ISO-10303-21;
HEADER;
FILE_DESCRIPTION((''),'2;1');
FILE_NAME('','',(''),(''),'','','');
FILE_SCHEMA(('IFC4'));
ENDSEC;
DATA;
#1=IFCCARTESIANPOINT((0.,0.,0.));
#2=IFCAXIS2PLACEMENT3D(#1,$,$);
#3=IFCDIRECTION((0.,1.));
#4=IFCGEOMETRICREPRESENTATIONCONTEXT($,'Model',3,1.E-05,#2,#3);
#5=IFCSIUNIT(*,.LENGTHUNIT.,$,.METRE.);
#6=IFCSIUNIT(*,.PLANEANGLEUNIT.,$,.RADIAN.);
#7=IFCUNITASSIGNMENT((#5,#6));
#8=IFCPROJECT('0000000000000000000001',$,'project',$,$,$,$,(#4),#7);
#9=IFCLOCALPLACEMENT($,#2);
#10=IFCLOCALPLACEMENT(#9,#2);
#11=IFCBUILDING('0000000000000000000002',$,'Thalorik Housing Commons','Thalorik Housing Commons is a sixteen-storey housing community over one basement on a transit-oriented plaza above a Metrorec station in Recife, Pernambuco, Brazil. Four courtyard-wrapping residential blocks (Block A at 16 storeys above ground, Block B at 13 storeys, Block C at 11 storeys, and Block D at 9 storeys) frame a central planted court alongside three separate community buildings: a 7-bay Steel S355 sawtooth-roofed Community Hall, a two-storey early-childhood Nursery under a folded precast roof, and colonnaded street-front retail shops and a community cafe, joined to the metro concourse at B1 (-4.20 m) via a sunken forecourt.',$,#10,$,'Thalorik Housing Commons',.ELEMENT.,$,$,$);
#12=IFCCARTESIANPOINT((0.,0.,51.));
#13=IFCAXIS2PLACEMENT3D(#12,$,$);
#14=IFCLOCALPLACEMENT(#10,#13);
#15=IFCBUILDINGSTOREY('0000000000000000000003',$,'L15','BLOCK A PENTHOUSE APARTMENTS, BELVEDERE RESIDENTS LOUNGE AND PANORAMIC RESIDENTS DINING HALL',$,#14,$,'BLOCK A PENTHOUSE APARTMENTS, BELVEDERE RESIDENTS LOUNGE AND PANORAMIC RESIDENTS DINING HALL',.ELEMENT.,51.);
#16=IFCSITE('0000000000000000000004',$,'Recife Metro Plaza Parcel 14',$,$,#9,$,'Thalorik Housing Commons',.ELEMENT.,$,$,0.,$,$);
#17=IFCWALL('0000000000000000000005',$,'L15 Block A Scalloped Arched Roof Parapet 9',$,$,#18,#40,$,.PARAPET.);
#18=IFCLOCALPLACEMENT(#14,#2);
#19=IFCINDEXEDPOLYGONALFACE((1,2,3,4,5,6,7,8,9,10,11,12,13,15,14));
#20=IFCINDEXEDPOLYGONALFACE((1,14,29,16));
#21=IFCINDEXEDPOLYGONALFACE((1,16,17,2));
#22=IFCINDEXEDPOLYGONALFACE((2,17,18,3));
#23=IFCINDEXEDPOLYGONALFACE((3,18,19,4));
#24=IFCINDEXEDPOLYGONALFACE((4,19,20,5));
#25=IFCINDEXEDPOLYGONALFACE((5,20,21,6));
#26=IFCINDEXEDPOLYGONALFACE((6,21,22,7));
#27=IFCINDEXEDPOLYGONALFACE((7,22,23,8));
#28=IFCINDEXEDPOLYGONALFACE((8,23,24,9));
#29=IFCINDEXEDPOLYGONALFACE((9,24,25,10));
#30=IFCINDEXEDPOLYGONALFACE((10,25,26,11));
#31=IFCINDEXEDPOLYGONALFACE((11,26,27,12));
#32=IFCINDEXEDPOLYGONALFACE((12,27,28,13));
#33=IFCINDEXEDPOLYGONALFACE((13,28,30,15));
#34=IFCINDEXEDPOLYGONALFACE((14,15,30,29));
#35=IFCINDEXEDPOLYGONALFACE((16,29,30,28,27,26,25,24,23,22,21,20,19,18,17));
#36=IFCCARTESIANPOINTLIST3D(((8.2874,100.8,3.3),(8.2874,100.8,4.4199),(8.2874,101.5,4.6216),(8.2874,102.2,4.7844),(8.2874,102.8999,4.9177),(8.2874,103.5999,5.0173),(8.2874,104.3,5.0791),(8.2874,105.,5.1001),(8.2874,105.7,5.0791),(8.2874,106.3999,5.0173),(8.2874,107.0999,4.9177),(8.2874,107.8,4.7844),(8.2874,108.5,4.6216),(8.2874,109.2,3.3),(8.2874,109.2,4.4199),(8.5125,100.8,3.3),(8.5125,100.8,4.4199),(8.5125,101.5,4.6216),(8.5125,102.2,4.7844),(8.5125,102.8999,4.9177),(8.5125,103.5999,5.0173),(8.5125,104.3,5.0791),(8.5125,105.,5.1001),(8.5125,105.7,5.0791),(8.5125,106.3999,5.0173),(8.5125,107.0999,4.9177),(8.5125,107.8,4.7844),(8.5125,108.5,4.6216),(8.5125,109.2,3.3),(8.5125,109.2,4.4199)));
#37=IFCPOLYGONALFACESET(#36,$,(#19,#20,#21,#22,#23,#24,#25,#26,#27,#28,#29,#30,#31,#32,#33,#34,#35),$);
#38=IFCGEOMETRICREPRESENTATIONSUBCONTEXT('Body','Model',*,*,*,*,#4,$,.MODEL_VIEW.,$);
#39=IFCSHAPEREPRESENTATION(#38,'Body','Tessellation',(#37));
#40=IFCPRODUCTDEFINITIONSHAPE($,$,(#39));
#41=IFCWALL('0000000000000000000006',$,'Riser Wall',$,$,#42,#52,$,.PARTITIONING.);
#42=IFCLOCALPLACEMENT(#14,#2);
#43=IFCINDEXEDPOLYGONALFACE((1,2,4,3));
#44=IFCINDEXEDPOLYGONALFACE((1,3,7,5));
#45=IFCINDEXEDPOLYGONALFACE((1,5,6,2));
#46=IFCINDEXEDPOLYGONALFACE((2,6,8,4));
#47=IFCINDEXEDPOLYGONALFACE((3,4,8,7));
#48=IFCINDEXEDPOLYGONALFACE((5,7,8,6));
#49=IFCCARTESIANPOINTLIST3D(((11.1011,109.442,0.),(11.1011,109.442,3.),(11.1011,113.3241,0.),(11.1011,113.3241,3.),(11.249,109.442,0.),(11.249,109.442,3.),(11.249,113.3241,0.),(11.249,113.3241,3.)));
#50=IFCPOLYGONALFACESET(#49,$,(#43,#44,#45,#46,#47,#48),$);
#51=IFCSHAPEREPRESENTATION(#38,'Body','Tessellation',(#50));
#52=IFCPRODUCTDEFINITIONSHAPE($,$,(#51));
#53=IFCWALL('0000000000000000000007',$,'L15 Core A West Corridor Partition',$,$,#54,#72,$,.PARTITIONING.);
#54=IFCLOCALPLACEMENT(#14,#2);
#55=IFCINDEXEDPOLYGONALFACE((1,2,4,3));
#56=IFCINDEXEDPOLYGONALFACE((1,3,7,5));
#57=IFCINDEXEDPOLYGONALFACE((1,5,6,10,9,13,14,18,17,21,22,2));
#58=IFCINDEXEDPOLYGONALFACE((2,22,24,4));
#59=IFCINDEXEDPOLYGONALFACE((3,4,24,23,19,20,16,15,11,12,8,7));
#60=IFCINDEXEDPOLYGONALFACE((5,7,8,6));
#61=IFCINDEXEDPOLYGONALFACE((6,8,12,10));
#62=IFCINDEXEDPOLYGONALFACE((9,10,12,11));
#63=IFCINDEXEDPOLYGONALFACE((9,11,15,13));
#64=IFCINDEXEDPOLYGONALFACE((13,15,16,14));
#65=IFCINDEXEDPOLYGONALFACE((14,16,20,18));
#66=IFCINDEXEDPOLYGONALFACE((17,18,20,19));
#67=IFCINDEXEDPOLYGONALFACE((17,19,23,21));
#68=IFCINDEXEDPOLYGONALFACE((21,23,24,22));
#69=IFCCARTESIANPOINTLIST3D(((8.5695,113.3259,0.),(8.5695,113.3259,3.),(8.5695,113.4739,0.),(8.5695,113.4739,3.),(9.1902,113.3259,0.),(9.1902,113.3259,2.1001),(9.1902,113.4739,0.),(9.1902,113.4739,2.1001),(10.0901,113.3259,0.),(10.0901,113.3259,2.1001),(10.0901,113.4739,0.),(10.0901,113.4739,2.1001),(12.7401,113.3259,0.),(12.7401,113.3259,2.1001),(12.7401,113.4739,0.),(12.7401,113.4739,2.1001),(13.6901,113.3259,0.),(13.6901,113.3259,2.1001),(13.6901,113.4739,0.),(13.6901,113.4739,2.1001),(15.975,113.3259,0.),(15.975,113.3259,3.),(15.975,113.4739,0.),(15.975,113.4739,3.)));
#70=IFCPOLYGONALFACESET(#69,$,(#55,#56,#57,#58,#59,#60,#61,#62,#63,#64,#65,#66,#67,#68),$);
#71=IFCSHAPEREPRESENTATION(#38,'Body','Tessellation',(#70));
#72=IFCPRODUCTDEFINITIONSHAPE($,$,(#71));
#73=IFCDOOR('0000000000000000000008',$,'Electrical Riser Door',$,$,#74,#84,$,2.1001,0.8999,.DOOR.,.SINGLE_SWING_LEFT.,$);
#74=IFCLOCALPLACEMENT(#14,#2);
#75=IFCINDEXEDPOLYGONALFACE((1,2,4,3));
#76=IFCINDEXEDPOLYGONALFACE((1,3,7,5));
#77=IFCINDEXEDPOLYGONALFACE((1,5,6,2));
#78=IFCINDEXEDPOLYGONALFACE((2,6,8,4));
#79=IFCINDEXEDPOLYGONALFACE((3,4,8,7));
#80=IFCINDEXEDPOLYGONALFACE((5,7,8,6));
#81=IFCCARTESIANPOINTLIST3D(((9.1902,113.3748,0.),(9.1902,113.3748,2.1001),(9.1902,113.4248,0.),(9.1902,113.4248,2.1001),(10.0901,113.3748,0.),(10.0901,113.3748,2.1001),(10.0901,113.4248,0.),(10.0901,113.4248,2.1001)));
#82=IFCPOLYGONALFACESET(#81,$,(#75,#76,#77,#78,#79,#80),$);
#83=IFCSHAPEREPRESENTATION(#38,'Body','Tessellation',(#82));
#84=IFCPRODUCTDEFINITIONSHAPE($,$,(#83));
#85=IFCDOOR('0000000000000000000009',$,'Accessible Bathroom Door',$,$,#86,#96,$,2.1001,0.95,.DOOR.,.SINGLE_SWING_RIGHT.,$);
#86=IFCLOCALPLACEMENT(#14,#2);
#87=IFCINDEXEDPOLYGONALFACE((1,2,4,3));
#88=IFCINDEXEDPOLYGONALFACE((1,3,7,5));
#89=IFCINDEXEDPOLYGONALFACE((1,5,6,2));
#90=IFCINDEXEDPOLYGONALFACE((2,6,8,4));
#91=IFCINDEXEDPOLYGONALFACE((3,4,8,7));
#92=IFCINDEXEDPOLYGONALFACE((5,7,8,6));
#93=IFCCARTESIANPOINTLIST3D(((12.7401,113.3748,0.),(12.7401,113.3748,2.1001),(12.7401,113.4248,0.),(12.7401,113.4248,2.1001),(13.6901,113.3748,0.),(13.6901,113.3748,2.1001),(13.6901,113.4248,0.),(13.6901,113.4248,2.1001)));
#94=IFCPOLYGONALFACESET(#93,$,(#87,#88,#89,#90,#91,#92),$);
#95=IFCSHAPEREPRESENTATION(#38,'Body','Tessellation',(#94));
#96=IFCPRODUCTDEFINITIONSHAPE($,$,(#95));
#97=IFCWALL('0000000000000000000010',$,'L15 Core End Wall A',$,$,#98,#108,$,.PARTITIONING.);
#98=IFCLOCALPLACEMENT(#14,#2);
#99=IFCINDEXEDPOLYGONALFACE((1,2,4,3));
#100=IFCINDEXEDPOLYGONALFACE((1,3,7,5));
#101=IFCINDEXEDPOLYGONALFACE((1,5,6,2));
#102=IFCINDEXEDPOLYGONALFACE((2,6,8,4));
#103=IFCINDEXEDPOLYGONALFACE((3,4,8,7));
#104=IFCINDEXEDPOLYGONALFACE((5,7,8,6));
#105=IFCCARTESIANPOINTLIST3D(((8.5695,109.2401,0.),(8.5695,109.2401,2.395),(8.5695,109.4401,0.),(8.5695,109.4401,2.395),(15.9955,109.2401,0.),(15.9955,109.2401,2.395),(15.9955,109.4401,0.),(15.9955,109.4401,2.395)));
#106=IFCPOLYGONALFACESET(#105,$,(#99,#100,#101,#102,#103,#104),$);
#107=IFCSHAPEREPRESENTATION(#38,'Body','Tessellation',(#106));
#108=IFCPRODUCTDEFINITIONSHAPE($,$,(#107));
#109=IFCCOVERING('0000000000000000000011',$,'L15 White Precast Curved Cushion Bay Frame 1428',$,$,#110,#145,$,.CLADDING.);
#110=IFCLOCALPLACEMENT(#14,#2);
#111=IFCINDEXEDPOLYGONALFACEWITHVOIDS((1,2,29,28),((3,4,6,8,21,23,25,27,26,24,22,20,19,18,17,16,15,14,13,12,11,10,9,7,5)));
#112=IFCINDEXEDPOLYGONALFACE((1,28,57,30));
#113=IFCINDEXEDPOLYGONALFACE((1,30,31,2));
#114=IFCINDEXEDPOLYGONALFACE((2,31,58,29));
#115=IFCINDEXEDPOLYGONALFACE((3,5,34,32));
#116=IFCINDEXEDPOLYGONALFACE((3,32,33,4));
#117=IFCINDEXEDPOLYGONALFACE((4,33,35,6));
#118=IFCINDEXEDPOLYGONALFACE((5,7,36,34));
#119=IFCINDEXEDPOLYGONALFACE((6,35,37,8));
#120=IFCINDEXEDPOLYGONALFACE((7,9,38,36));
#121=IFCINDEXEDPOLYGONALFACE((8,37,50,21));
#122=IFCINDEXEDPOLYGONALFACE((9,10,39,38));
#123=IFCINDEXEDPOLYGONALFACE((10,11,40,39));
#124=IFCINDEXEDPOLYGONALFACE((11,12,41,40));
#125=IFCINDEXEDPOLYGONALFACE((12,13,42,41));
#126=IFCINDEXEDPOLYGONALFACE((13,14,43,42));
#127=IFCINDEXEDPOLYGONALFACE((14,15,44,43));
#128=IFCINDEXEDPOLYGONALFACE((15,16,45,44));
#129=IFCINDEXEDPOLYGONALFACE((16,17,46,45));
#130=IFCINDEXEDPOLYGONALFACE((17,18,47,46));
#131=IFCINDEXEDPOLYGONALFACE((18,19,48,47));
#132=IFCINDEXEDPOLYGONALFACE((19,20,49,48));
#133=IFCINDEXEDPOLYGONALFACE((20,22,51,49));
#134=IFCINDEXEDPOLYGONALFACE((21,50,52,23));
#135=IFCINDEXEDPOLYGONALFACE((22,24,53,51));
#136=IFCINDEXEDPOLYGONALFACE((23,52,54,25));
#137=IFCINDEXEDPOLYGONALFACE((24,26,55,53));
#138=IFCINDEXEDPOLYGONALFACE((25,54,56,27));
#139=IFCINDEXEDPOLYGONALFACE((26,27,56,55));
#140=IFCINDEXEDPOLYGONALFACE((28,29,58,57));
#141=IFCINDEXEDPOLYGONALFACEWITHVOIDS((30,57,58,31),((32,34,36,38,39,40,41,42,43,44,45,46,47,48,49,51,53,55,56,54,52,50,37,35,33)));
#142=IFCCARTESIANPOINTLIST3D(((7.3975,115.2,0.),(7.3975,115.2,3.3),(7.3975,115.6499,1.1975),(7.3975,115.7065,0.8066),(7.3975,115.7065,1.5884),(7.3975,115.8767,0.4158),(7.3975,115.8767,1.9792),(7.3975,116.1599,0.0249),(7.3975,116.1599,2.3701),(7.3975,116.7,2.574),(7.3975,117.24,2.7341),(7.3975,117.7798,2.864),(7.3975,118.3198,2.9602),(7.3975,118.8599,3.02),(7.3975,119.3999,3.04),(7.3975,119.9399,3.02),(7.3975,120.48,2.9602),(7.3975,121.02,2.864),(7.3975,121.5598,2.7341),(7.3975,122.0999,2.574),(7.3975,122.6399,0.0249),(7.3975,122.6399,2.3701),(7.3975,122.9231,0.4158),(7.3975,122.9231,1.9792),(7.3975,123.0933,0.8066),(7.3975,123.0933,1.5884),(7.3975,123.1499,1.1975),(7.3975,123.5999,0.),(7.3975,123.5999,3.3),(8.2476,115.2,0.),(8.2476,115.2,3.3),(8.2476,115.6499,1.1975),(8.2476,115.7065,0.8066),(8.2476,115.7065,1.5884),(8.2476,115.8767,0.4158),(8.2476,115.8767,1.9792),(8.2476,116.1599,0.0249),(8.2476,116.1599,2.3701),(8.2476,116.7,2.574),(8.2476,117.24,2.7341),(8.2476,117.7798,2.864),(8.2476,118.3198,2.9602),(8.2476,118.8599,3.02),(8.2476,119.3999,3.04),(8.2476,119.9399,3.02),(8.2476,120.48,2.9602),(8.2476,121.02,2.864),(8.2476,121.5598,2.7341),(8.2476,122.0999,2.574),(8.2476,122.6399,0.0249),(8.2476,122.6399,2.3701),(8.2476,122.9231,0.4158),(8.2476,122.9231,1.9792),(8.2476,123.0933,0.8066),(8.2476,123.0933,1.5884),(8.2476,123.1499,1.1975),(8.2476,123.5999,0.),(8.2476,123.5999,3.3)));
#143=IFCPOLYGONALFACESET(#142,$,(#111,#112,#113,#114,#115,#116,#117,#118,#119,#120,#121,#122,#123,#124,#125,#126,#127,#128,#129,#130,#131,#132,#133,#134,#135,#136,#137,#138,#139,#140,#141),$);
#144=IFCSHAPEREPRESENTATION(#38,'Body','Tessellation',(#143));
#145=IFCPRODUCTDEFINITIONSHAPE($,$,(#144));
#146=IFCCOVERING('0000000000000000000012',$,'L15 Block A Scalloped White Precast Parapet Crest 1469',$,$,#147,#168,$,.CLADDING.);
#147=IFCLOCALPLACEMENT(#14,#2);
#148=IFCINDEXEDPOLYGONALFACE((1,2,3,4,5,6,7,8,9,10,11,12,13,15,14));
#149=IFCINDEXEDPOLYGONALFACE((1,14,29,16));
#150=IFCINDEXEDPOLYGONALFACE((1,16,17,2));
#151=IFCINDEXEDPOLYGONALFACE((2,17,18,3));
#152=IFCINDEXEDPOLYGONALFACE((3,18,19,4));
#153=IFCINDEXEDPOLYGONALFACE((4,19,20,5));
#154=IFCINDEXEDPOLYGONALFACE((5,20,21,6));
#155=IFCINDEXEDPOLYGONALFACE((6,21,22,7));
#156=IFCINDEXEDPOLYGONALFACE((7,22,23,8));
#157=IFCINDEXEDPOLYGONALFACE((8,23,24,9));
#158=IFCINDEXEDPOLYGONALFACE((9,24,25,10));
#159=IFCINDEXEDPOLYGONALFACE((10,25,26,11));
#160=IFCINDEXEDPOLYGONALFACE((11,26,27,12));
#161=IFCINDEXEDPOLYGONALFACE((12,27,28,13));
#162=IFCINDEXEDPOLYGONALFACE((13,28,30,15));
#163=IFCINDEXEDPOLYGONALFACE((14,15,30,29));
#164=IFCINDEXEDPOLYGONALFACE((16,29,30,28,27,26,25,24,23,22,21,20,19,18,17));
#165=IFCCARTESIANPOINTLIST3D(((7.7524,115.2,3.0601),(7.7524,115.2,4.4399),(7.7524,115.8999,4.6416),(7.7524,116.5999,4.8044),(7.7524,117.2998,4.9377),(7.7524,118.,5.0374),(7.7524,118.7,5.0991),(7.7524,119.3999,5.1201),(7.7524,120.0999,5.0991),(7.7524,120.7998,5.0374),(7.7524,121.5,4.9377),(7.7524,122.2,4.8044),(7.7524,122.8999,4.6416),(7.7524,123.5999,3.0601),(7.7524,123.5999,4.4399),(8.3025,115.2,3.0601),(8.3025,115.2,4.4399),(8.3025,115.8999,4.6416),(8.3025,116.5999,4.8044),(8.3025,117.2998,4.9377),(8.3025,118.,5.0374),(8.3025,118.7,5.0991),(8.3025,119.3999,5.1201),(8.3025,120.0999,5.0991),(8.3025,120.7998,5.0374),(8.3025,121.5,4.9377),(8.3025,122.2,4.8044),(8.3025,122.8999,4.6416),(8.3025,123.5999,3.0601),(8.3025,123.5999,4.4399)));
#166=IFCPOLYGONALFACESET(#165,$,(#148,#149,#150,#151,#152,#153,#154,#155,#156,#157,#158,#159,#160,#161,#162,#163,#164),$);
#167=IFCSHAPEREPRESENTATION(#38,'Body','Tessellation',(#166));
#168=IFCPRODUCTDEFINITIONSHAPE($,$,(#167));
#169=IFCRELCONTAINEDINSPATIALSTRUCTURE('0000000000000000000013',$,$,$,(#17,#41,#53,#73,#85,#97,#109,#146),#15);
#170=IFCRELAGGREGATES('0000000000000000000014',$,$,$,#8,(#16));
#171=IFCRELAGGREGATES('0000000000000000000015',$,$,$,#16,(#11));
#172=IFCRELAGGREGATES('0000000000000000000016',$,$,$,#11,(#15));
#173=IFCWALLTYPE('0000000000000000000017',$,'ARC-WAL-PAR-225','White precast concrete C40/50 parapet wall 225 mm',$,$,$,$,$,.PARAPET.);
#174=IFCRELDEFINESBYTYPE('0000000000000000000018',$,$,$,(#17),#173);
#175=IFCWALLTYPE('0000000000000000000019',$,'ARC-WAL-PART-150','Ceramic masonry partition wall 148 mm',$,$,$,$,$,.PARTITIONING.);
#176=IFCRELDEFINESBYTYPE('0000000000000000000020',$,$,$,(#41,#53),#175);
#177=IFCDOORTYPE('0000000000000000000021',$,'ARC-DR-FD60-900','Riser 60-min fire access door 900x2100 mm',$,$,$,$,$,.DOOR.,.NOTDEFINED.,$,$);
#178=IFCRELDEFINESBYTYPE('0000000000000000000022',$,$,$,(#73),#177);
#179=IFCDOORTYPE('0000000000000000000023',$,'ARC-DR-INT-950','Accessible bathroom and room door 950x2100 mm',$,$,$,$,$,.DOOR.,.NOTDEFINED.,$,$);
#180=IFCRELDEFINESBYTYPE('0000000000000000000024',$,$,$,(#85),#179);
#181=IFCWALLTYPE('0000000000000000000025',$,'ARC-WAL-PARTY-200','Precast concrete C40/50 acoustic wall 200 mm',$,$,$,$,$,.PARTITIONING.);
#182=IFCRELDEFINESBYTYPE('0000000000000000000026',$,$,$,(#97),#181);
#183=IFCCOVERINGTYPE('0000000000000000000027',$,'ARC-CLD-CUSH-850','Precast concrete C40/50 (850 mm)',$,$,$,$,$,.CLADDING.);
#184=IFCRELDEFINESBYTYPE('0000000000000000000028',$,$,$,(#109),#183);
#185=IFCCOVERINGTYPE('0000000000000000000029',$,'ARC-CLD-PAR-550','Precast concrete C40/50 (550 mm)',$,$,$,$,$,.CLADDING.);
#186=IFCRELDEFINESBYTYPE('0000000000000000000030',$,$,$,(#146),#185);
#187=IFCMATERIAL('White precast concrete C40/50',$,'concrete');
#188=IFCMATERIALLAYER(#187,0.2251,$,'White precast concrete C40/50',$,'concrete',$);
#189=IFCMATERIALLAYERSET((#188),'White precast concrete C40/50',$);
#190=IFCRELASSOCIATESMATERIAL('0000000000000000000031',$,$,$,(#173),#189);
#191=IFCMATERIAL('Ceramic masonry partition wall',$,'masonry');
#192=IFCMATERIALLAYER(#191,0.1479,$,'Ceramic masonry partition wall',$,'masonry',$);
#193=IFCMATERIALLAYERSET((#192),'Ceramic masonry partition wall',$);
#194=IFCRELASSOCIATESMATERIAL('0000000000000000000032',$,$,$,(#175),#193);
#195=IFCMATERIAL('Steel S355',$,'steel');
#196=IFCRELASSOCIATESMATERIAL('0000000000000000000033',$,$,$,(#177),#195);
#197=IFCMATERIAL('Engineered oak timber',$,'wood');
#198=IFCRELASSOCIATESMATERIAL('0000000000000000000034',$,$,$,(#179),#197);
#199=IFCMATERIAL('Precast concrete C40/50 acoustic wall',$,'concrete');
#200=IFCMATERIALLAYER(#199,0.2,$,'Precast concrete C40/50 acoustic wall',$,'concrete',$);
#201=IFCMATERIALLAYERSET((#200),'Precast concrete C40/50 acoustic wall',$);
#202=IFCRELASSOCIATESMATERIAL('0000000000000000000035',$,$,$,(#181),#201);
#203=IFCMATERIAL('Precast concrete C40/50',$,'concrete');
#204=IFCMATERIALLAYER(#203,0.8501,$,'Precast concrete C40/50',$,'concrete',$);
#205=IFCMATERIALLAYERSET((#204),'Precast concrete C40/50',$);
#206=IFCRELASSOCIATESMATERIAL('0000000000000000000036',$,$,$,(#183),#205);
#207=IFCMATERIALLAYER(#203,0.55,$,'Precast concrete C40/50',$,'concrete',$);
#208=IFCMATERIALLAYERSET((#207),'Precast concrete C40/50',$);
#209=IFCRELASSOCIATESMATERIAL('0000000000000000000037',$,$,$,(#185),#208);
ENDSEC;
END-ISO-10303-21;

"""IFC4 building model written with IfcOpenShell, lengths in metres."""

from ifc_helpers import new_model, si_unit, direction, frame, frame_2d, origin, place, context, subcontext, project, spatial, polyline, rectangle, outline, extrude, material, layer, layer_set, type_object, element, fill, save


model = new_model("IFC4")

# Units and contexts
model_context = context("Model", 3, precision=1e-05, world=origin(), true_north=direction((0.0, 1.0)))
body_context = subcontext(model_context, "Body", "Model", "MODEL_VIEW")
ifc_project = project(units=[si_unit("LENGTHUNIT", "METRE"), si_unit("PLANEANGLEUNIT", "RADIAN")], contexts=[model_context])

# Site, building, storey
site_placement = place(None, origin())
site = spatial("IfcSite", under=ifc_project, at=site_placement, Name="Recife Metro Plaza Parcel 14", LongName="Thalorik Housing Commons", CompositionType="ELEMENT", RefElevation=0.0)
building_placement = place(site_placement, origin())
building = spatial("IfcBuilding", under=site, at=building_placement, Name="Thalorik Housing Commons", Description="Thalorik Housing Commons is a sixteen-storey housing community over one basement on a transit-oriented plaza above a Metrorec station in Recife, Pernambuco, Brazil. Four courtyard-wrapping residential blocks (Block A at 16 storeys above ground, Block B at 13 storeys, Block C at 11 storeys, and Block D at 9 storeys) frame a central planted court alongside three separate community buildings: a 7-bay Steel S355 sawtooth-roofed Community Hall, a two-storey early-childhood Nursery under a folded precast roof, and colonnaded street-front retail shops and a community cafe, joined to the metro concourse at B1 (-4.20 m) via a sunken forecourt.", LongName="Thalorik Housing Commons", CompositionType="ELEMENT")
storey_placement = place(building_placement, frame((0.0, 0.0, 51.0)))
storey = spatial("IfcBuildingStorey", under=building, at=storey_placement, Name="L15", Description="BLOCK A PENTHOUSE APARTMENTS, BELVEDERE RESIDENTS LOUNGE AND PANORAMIC RESIDENTS DINING HALL", LongName="BLOCK A PENTHOUSE APARTMENTS, BELVEDERE RESIDENTS LOUNGE AND PANORAMIC RESIDENTS DINING HALL", CompositionType="ELEMENT", Elevation=51.0)

# Shared definitions
ifc_material_1 = material(Name="Precast concrete C40/50", Category="concrete")

# Shared definitions
ifc_material_2 = material(Name="Steel S355", Category="steel")

# Shared definitions
ifc_material_3 = material(Name="White precast concrete C40/50", Category="concrete")

# Walls
ifc_layer_1 = layer(ifc_material_3, 0.2251, Name="White precast concrete C40/50", Category="concrete")
ifc_layer_set_1 = layer_set([ifc_layer_1], Name="White precast concrete C40/50")
wall_type_1 = type_object("IfcWallType", Name="ARC-WAL-PAR-225", Description="White precast concrete C40/50 parapet wall 225 mm", PredefinedType="PARAPET", material=ifc_layer_set_1)
wall_1_placement = place(storey_placement, frame((8.3999, 109.2, 3.3), z_axis=(0.0, 0.0, 1.0), x_axis=(0.0, -1.0, 0.0)))
element("IfcWall", 1, at=wall_1_placement, inside=storey, type_object=wall_type_1, Name="L15 Block A Scalloped Arched Roof Parapet 9", PredefinedType="PARAPET", context=body_context, shape_type="SweptSolid", body=[
    extrude(outline(polyline([(0.0, 0.0), (8.3999, 0.0), (8.3999, 1.1199), (7.7, 1.3215), (7.0, 1.4844), (6.3, 1.6177), (5.6001, 1.7173), (4.8999, 1.7791), (4.2, 1.8), (3.5, 1.7791), (2.8, 1.7173), (2.1001, 1.6177), (1.3999, 1.4844), (0.7, 1.3215), (0.0, 1.1199), (0.0, 0.0)])), frame((0.0, 0.1125, 0.0), z_axis=(0.0, -1.0, 0.0), x_axis=(1.0, 0.0, 0.0)), (0.0, 0.0, 1.0), 0.2251),
])
ifc_material_4 = material(Name="Ceramic masonry partition wall", Category="masonry")
ifc_layer_2 = layer(ifc_material_4, 0.1479, Name="Ceramic masonry partition wall", Category="masonry")
ifc_layer_set_2 = layer_set([ifc_layer_2], Name="Ceramic masonry partition wall")
wall_type_2 = type_object("IfcWallType", Name="ARC-WAL-PART-150", Description="Ceramic masonry partition wall 148 mm", PredefinedType="PARTITIONING", material=ifc_layer_set_2)
wall_2_placement = place(storey_placement, frame((11.175, 113.324, 0.0), z_axis=(0.0, 0.0, 1.0), x_axis=(0.0, -1.0, 0.0)))
element("IfcWall", 2, at=wall_2_placement, inside=storey, type_object=wall_type_2, Name="Riser Wall", PredefinedType="PARTITIONING", context=body_context, shape_type="SweptSolid", body=[
    extrude(rectangle(XDim=3.8821, YDim=0.1479, at=frame_2d((1.9409, 0.0))), origin(), (0.0, 0.0, 1.0), 3.0),
])

# Wall, openings, doors
wall_3_placement = place(storey_placement, frame((8.5696, 113.3999, 0.0), z_axis=(0.0, 0.0, 1.0), x_axis=(1.0, 0.0, 0.0)))
wall_3 = element("IfcWall", 3, at=wall_3_placement, inside=storey, type_object=wall_type_2, Name="L15 Core A West Corridor Partition", PredefinedType="PARTITIONING", context=body_context, shape_type="SweptSolid", body=[
    extrude(rectangle(XDim=7.4055, YDim=0.1479, at=frame_2d((3.7026, 0.0))), origin(), (0.0, 0.0, 1.0), 3.0),
])
opening_1_placement = place(wall_3_placement, frame((0.6206, 0.0, 0.0)))
opening_1 = element("IfcOpeningElement", 4, at=opening_1_placement, cuts=wall_3, PredefinedType="OPENING", context=body_context, shape_type="SweptSolid", body=[
    extrude(rectangle(XDim=0.8999, YDim=2.1001, at=frame_2d((0.45, 1.05))), frame((0.0, 0.084, 0.0), z_axis=(0.0, -1.0, 0.0), x_axis=(1.0, 0.0, 0.0)), (0.0, 0.0, 1.0), 0.168),
])
opening_2_placement = place(wall_3_placement, frame((4.1704, 0.0, 0.0)))
opening_2 = element("IfcOpeningElement", 5, at=opening_2_placement, cuts=wall_3, PredefinedType="OPENING", context=body_context, shape_type="SweptSolid", body=[
    extrude(rectangle(XDim=0.95, YDim=2.1001, at=frame_2d((0.4751, 1.05))), frame((0.0, 0.084, 0.0), z_axis=(0.0, -1.0, 0.0), x_axis=(1.0, 0.0, 0.0)), (0.0, 0.0, 1.0), 0.168),
])
door_type_1 = type_object("IfcDoorType", Name="ARC-DR-FD60-900", Description="Riser 60-min fire access door 900x2100 mm", OperationType="NOTDEFINED", PredefinedType="DOOR", material=ifc_material_2)
door_1_placement = place(opening_1_placement, origin())
door_1 = element("IfcDoor", 6, at=door_1_placement, inside=storey, type_object=door_type_1, Name="Electrical Riser Door", OperationType="SINGLE_SWING_LEFT", OverallHeight=2.1001, OverallWidth=0.8999, PredefinedType="DOOR", context=body_context, shape_type="SweptSolid", body=[
    extrude(rectangle(XDim=0.8999, YDim=2.1001, at=frame_2d((0.45, 1.05))), frame((0.0, 0.0249, 0.0), z_axis=(0.0, -1.0, 0.0), x_axis=(1.0, 0.0, 0.0)), (0.0, 0.0, 1.0), 0.05),
])
fill(opening_1, door_1)
ifc_material_5 = material(Name="Engineered oak timber", Category="wood")
door_type_2 = type_object("IfcDoorType", Name="ARC-DR-INT-950", Description="Accessible bathroom and room door 950x2100 mm", OperationType="NOTDEFINED", PredefinedType="DOOR", material=ifc_material_5)
door_2_placement = place(opening_2_placement, origin())
door_2 = element("IfcDoor", 7, at=door_2_placement, inside=storey, type_object=door_type_2, Name="Accessible Bathroom Door", OperationType="SINGLE_SWING_RIGHT", OverallHeight=2.1001, OverallWidth=0.95, PredefinedType="DOOR", context=body_context, shape_type="SweptSolid", body=[
    extrude(rectangle(XDim=0.95, YDim=2.1001, at=frame_2d((0.4751, 1.05))), frame((0.0, 0.0249, 0.0), z_axis=(0.0, -1.0, 0.0), x_axis=(1.0, 0.0, 0.0)), (0.0, 0.0, 1.0), 0.05),
])
fill(opening_2, door_2)

# Wall
ifc_material_6 = material(Name="Precast concrete C40/50 acoustic wall", Category="concrete")
ifc_layer_3 = layer(ifc_material_6, 0.2, Name="Precast concrete C40/50 acoustic wall", Category="concrete")
ifc_layer_set_3 = layer_set([ifc_layer_3], Name="Precast concrete C40/50 acoustic wall")
wall_type_3 = type_object("IfcWallType", Name="ARC-WAL-PARTY-200", Description="Precast concrete C40/50 acoustic wall 200 mm", PredefinedType="PARTITIONING", material=ifc_layer_set_3)
wall_4_placement = place(storey_placement, frame((8.5696, 109.3401, 0.0), z_axis=(0.0, 0.0, 1.0), x_axis=(1.0, 0.0, 0.0)))
element("IfcWall", 8, at=wall_4_placement, inside=storey, type_object=wall_type_3, Name="L15 Core End Wall A", PredefinedType="PARTITIONING", context=body_context, shape_type="SweptSolid", body=[
    extrude(rectangle(XDim=7.426, YDim=0.2, at=frame_2d((3.7129, 0.0))), origin(), (0.0, 0.0, 1.0), 2.395),
])

# Coverings
ifc_layer_4 = layer(ifc_material_1, 0.8501, Name="Precast concrete C40/50", Category="concrete")
ifc_layer_set_4 = layer_set([ifc_layer_4], Name="Precast concrete C40/50")
covering_type_1 = type_object("IfcCoveringType", Name="ARC-CLD-CUSH-850", Description="Precast concrete C40/50 (850 mm)", PredefinedType="CLADDING", material=ifc_layer_set_4)
covering_1_placement = place(storey_placement, frame((7.8225, 119.3999, 0.0), z_axis=(0.0, 0.0, 1.0), x_axis=(0.0, -1.0, 0.0)))
element("IfcCovering", 9, at=covering_1_placement, inside=storey, type_object=covering_type_1, Name="L15 White Precast Curved Cushion Bay Frame 1428", PredefinedType="CLADDING", context=body_context, shape_type="SweptSolid", body=[
    extrude(outline(polyline([(-4.2, 0.0), (4.2, 0.0), (4.2, 3.3), (-4.2, 3.3), (-4.2, 0.0)]), holes=[polyline([(3.24, 0.0249), (3.5232, 0.4158), (3.6934, 0.8066), (3.75, 1.1975), (3.6934, 1.5884), (3.5232, 1.9792), (3.24, 2.3701), (2.7, 2.574), (2.1599, 2.7341), (1.6201, 2.864), (1.0801, 2.9602), (0.54, 3.02), (0.0, 3.04), (-0.54, 3.02), (-1.0801, 2.9602), (-1.6201, 2.864), (-2.1599, 2.7341), (-2.7, 2.574), (-3.24, 2.3701), (-3.5232, 1.9792), (-3.6934, 1.5884), (-3.75, 1.1975), (-3.6934, 0.8066), (-3.5232, 0.4158), (-3.24, 0.0249), (3.24, 0.0249)])]), frame((0.0, 0.425, 0.0), z_axis=(0.0, -1.0, 0.0), x_axis=(1.0, 0.0, 0.0)), (0.0, 0.0, 1.0), 0.8501),
])
ifc_layer_5 = layer(ifc_material_1, 0.55, Name="Precast concrete C40/50", Category="concrete")
ifc_layer_set_5 = layer_set([ifc_layer_5], Name="Precast concrete C40/50")
covering_type_2 = type_object("IfcCoveringType", Name="ARC-CLD-PAR-550", Description="Precast concrete C40/50 (550 mm)", PredefinedType="CLADDING", material=ifc_layer_set_5)
covering_2_placement = place(storey_placement, frame((8.0276, 119.3999, 3.0601), z_axis=(0.0, 0.0, 1.0), x_axis=(0.0, -1.0, 0.0)))
element("IfcCovering", 10, at=covering_2_placement, inside=storey, type_object=covering_type_2, Name="L15 Block A Scalloped White Precast Parapet Crest 1469", PredefinedType="CLADDING", context=body_context, shape_type="SweptSolid", body=[
    extrude(outline(polyline([(-4.2, 0.0), (4.2, 0.0), (4.2, 1.3799), (3.5, 1.5815), (2.8, 1.7444), (2.1001, 1.8777), (1.3999, 1.9773), (0.7, 2.0391), (0.0, 2.0601), (-0.7, 2.0391), (-1.3999, 1.9773), (-2.1001, 1.8777), (-2.8, 1.7444), (-3.5, 1.5815), (-4.2, 1.3799), (-4.2, 0.0)])), frame((0.0, 0.2749, 0.0), z_axis=(0.0, -1.0, 0.0), x_axis=(1.0, 0.0, 0.0)), (0.0, 0.0, 1.0), 0.55),
])

save(model, "model.ifc")
